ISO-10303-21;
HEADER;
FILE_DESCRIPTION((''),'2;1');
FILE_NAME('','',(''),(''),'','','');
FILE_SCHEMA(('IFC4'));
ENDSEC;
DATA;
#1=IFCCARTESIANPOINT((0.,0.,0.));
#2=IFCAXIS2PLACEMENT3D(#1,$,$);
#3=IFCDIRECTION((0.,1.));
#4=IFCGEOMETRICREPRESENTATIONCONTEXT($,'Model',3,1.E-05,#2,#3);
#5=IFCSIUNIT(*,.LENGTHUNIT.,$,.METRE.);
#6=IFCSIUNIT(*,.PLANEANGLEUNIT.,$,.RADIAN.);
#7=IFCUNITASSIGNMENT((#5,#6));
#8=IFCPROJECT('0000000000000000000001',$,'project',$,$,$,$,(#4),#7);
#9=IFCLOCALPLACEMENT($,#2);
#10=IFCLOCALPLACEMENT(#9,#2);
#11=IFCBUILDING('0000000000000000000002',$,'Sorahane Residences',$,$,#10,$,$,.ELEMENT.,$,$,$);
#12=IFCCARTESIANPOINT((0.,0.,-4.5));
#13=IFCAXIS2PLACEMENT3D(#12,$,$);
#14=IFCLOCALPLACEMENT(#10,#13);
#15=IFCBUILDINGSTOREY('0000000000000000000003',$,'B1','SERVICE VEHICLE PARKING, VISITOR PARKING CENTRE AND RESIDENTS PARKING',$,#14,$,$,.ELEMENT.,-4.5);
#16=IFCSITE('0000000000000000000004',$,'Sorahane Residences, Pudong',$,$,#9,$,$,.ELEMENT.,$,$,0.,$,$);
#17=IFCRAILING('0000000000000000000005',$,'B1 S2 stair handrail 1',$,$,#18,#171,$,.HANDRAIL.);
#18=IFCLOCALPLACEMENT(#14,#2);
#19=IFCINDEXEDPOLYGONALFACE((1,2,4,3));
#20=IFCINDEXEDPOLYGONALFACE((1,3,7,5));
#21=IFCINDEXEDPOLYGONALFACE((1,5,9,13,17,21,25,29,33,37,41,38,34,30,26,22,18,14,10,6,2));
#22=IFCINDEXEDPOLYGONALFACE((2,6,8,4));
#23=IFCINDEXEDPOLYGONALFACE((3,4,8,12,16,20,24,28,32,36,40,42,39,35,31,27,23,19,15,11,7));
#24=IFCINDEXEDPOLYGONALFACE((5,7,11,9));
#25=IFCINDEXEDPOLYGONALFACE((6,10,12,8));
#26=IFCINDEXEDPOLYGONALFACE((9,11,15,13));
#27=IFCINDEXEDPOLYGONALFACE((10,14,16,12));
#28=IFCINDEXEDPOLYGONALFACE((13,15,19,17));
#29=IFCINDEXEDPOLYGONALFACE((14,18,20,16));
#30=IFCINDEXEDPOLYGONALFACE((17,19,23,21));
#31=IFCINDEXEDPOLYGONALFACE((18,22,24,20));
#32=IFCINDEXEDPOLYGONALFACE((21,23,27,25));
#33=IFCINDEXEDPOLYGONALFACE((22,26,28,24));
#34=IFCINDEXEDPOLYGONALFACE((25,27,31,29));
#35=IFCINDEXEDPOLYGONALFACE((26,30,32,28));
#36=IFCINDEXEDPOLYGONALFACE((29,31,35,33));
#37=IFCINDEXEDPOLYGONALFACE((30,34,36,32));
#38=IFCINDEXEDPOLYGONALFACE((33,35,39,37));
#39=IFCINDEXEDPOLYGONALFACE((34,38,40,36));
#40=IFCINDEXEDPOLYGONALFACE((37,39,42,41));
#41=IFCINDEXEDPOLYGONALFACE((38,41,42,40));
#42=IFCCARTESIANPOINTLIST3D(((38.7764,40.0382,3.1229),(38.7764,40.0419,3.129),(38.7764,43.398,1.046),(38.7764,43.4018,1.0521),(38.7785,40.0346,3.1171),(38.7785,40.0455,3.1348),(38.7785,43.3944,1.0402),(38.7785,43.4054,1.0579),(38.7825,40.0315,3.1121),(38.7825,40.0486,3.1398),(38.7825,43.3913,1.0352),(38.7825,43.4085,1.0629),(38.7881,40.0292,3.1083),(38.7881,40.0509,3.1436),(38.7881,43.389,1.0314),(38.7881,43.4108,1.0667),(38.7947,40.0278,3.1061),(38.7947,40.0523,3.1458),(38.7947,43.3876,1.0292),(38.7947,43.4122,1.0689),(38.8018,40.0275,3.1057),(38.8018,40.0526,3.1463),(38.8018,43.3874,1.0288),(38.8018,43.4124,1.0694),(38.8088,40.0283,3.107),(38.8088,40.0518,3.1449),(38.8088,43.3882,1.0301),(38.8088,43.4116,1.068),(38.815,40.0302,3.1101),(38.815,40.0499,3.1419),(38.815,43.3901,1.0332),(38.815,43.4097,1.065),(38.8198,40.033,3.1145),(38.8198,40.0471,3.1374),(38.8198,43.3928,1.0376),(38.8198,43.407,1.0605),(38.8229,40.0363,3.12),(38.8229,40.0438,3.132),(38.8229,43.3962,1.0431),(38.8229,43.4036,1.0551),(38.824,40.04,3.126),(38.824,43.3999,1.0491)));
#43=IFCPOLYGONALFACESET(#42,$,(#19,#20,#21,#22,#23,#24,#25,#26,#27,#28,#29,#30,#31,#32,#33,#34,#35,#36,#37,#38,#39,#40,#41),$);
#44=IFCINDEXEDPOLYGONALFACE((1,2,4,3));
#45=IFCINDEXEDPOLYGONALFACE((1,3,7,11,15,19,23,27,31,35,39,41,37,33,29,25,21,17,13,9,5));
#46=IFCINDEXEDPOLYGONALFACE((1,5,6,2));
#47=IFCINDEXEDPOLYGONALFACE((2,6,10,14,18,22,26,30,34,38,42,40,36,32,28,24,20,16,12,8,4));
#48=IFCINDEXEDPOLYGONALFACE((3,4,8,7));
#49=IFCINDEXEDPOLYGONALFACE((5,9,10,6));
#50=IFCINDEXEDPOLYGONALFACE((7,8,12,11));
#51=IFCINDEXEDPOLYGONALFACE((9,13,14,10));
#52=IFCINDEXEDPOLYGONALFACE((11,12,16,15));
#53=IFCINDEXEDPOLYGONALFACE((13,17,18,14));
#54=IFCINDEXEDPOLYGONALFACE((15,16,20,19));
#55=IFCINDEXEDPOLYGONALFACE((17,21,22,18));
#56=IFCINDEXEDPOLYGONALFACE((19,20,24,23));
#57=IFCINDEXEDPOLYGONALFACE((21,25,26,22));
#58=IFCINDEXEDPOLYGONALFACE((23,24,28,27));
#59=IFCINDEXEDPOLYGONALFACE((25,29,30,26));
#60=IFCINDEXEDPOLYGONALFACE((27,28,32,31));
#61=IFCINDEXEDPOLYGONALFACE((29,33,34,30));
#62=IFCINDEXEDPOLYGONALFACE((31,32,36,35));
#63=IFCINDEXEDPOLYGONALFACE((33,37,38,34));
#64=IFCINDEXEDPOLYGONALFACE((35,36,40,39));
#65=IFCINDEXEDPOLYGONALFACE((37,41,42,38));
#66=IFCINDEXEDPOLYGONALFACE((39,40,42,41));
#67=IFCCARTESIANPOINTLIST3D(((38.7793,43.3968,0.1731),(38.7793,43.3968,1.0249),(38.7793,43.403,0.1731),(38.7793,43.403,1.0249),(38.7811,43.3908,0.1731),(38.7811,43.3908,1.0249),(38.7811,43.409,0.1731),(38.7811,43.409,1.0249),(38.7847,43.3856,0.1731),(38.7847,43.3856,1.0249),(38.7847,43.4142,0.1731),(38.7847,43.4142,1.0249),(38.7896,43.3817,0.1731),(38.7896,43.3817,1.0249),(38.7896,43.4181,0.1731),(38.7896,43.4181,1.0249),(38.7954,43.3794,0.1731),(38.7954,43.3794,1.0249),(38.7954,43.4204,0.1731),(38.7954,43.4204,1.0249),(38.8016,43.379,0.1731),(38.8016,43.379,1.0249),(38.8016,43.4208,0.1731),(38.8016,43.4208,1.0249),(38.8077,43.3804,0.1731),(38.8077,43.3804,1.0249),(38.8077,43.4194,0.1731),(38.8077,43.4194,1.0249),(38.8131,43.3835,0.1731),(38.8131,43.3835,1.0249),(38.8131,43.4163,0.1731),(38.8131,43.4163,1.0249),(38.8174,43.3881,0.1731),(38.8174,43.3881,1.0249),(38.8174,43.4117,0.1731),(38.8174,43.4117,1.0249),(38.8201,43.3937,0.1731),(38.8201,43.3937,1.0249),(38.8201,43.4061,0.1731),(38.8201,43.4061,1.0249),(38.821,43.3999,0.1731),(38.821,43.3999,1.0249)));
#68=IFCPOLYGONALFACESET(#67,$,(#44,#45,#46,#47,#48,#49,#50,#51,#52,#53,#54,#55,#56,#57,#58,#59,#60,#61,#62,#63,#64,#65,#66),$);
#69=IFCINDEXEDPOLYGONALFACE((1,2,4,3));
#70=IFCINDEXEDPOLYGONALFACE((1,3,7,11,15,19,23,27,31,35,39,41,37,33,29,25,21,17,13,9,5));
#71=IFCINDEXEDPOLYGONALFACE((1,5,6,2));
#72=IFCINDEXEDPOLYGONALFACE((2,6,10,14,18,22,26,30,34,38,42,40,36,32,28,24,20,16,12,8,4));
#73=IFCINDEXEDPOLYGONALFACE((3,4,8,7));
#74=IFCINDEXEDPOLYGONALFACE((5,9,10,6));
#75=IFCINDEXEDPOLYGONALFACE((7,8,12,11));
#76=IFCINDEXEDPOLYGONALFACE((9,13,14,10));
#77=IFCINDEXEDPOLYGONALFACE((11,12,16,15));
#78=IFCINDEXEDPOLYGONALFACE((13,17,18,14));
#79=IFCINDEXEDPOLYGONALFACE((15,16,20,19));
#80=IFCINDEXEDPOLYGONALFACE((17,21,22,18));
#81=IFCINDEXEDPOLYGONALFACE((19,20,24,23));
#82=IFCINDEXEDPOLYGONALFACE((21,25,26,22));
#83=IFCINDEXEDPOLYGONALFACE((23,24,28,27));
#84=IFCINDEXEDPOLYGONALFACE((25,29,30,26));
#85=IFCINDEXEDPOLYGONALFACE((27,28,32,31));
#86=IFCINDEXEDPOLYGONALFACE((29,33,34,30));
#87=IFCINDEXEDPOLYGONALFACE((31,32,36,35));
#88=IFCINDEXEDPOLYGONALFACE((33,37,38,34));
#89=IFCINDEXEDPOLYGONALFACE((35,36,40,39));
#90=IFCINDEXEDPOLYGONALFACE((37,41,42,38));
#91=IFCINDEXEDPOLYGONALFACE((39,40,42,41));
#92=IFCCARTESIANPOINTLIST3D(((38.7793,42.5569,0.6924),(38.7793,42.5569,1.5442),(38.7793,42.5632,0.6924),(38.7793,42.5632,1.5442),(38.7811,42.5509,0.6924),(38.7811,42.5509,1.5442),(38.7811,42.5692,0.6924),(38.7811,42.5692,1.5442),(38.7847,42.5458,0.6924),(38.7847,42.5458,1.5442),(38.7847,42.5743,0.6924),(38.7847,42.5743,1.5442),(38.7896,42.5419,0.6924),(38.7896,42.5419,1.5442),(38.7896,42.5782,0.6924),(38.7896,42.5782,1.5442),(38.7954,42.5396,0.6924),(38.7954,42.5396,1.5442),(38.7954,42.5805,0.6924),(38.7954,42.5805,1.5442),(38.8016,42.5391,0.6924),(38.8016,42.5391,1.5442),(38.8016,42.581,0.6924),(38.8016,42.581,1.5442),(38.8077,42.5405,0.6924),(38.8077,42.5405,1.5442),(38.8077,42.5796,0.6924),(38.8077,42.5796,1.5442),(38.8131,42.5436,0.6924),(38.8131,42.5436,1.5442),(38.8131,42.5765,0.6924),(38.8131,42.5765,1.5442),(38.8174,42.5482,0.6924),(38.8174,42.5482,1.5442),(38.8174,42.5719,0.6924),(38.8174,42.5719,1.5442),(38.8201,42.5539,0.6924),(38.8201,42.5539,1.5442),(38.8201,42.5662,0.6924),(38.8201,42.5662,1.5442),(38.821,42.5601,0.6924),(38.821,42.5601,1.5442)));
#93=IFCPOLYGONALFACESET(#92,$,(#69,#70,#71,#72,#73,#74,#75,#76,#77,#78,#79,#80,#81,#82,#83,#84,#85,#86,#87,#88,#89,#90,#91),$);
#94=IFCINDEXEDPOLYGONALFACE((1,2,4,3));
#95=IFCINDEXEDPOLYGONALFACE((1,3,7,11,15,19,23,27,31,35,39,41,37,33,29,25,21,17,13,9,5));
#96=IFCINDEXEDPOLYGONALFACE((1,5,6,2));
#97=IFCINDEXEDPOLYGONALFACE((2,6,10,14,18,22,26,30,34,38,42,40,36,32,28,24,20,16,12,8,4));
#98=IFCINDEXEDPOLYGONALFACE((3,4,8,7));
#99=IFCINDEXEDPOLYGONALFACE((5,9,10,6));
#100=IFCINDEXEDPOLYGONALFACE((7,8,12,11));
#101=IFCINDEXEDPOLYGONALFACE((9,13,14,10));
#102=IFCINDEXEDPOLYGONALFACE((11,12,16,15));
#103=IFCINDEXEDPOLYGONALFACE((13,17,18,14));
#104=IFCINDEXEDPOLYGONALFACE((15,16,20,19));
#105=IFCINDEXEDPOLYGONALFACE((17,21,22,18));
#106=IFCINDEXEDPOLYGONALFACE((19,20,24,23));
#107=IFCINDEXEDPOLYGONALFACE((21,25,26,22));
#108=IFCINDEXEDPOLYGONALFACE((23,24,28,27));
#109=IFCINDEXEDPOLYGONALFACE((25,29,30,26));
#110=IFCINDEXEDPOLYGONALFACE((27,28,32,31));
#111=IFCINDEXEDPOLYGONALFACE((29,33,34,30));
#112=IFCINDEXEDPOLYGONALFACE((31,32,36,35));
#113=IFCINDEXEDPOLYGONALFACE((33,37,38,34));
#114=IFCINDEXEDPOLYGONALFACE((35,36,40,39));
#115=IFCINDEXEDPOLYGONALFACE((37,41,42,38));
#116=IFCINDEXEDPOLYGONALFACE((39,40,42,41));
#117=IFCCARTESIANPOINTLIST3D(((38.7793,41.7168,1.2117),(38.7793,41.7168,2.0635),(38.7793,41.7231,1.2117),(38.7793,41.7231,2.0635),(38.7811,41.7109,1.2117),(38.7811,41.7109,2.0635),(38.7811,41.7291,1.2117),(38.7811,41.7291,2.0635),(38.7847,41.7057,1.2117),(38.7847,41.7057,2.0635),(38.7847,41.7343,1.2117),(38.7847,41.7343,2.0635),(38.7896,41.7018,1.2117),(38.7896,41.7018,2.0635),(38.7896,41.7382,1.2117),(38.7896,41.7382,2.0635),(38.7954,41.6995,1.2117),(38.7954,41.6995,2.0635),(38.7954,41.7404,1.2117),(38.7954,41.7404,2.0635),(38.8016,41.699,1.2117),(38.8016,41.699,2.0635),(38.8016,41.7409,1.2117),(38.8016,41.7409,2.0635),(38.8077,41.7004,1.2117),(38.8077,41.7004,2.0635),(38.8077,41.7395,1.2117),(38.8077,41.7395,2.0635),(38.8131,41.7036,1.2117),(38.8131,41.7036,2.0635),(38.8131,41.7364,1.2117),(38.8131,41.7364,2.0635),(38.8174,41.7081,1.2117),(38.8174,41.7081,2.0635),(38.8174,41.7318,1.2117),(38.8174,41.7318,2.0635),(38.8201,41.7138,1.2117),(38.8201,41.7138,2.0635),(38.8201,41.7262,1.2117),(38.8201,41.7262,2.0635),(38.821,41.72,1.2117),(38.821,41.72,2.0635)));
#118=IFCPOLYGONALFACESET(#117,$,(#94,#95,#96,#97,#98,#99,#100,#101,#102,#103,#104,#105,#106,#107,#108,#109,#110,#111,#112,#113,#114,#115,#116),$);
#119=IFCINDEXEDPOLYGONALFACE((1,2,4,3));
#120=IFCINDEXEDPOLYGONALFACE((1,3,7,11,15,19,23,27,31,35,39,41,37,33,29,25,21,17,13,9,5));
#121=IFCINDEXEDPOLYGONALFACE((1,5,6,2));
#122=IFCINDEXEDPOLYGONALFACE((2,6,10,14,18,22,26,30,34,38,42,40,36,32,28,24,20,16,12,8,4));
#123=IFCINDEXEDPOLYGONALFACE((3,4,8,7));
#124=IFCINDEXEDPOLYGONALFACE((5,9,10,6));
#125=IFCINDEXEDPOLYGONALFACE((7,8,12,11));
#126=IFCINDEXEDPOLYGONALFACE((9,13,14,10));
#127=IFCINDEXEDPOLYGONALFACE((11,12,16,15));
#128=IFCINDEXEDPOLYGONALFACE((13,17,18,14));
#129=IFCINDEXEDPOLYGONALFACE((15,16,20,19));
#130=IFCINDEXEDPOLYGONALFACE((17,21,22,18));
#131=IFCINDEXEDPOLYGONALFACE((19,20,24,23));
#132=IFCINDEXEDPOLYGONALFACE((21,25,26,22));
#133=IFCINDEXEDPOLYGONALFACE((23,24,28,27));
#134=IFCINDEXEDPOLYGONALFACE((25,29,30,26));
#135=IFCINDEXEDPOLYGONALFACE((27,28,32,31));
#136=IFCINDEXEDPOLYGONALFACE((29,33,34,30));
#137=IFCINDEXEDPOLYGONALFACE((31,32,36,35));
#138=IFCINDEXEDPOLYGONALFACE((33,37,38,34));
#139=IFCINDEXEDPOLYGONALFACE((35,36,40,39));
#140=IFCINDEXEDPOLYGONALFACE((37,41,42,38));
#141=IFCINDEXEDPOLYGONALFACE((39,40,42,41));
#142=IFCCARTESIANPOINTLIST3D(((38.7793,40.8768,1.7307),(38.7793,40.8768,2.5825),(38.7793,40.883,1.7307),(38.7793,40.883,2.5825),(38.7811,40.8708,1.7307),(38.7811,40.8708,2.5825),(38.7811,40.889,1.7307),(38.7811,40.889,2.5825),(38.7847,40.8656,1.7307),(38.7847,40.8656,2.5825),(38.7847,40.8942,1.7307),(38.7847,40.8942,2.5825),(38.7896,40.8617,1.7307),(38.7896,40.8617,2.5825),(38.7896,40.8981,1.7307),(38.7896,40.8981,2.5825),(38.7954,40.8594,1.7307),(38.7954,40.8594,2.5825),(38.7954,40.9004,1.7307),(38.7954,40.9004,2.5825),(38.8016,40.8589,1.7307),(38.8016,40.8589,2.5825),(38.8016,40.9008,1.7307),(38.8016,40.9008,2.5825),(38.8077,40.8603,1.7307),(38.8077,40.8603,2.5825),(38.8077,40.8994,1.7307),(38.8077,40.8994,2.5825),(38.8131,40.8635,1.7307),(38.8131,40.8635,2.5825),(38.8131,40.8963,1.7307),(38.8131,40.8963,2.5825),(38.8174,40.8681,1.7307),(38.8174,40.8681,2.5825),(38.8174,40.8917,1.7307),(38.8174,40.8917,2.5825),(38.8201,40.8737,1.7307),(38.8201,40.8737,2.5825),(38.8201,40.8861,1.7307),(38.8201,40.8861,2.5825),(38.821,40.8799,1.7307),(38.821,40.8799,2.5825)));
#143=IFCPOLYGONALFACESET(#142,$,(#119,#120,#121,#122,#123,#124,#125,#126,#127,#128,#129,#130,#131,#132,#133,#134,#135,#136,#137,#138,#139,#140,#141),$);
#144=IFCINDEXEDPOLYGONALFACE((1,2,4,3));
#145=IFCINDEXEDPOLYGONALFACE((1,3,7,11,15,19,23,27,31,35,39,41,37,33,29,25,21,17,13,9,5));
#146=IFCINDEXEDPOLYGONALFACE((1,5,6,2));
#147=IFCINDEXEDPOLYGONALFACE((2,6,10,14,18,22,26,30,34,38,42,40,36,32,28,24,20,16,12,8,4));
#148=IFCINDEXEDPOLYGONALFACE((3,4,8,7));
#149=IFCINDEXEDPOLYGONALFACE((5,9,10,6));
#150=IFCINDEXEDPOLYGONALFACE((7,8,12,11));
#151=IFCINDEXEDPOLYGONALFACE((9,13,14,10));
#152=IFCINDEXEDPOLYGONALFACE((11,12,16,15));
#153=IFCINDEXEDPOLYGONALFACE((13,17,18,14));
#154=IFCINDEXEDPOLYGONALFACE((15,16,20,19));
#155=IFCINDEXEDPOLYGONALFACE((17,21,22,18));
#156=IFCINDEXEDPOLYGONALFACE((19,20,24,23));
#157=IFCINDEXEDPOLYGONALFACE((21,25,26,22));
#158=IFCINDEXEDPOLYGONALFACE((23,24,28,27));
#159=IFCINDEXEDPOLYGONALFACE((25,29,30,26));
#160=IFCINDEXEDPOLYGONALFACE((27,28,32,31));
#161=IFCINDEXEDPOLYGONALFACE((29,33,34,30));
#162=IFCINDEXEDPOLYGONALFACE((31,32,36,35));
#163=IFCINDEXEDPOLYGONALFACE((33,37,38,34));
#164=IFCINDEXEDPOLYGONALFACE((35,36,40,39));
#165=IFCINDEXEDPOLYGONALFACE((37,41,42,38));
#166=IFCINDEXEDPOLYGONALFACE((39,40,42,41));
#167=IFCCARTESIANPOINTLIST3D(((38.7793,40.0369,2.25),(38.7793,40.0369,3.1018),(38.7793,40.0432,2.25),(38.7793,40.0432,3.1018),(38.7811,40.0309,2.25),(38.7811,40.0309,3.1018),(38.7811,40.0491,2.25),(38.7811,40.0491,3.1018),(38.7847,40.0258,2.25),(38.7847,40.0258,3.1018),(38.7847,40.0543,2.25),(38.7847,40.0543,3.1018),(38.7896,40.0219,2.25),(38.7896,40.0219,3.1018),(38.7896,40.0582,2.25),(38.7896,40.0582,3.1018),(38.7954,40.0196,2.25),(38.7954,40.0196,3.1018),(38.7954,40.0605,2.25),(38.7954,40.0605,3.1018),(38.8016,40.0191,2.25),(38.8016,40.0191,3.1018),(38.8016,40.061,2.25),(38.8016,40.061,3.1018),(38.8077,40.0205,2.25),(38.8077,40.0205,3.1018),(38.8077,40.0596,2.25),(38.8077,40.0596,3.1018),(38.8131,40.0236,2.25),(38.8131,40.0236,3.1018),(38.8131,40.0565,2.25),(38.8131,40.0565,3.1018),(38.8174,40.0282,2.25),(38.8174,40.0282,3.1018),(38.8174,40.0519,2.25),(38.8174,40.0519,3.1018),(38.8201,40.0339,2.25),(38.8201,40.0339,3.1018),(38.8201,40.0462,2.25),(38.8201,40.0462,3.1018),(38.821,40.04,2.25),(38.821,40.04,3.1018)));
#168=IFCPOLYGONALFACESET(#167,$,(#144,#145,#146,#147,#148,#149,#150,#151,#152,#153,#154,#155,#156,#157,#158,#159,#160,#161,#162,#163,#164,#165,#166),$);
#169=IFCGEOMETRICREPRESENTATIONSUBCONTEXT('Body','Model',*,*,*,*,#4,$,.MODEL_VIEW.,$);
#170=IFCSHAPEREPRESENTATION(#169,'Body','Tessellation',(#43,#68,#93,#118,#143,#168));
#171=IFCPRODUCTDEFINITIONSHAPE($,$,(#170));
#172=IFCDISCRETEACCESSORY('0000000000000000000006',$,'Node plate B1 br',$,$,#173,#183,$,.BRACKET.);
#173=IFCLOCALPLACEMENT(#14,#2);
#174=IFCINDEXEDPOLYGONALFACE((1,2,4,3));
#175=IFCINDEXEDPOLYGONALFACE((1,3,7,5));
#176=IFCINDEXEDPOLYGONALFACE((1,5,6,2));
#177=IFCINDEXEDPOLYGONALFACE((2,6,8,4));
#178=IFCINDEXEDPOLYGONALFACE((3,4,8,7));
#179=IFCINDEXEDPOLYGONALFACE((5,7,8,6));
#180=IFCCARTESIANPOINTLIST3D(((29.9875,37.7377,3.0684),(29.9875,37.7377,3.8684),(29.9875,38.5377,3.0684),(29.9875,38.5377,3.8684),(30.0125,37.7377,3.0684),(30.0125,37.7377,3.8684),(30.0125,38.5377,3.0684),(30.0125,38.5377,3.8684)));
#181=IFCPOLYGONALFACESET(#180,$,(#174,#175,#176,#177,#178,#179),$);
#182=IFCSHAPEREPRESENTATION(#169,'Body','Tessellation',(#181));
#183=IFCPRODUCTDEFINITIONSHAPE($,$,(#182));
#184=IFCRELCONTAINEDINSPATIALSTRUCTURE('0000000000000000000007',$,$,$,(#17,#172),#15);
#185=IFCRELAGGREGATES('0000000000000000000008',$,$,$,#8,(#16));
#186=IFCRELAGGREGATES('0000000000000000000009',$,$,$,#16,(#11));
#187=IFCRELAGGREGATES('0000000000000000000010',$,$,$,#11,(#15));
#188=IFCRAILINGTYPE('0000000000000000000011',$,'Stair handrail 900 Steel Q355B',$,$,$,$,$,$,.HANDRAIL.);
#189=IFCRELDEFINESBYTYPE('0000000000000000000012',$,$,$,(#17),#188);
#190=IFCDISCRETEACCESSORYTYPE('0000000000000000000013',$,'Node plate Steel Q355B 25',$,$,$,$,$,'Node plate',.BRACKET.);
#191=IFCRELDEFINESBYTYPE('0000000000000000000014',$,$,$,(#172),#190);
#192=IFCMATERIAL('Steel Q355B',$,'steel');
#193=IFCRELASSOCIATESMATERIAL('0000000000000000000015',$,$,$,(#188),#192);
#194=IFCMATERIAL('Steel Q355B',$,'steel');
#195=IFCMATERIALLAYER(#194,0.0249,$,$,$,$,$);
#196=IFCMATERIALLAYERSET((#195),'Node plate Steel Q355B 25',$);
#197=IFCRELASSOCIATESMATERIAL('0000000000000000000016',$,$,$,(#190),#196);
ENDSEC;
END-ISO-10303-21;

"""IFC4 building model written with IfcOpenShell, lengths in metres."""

from ifc_helpers import new_model, si_unit, direction, frame, origin, origin_2d, place, context, subcontext, project, spatial, rectangle, circle, extrude, material, layer, layer_set, type_object, element, save


model = new_model("IFC4")

# Units and contexts
model_context = context("Model", 3, precision=1e-05, world=origin(), true_north=direction((0.0, 1.0)))
body_context = subcontext(model_context, "Body", "Model", "MODEL_VIEW")
ifc_project = project(units=[si_unit("LENGTHUNIT", "METRE"), si_unit("PLANEANGLEUNIT", "RADIAN")], contexts=[model_context])

# Site, building, storey
site_placement = place(None, origin())
site = spatial("IfcSite", under=ifc_project, at=site_placement, Name="Sorahane Residences, Pudong", CompositionType="ELEMENT", RefElevation=0.0)
building_placement = place(site_placement, origin())
building = spatial("IfcBuilding", under=site, at=building_placement, Name="Sorahane Residences", CompositionType="ELEMENT")
storey_placement = place(building_placement, frame((0.0, 0.0, -4.5)))
storey = spatial("IfcBuildingStorey", under=building, at=storey_placement, Name="B1", Description="SERVICE VEHICLE PARKING, VISITOR PARKING CENTRE AND RESIDENTS PARKING", CompositionType="ELEMENT", Elevation=-4.5)

# Railing
ifc_material_1 = material(Name="Steel Q355B", Category="steel")
railing_type_1 = type_object("IfcRailingType", Name="Stair handrail 900 Steel Q355B", PredefinedType="HANDRAIL", material=ifc_material_1)
railing_1_placement = place(storey_placement, frame((38.8, 43.3999, 0.1731)))
element("IfcRailing", 1, at=railing_1_placement, inside=storey, type_object=railing_type_1, Name="B1 S2 stair handrail 1", PredefinedType="HANDRAIL", context=body_context, shape_type="SweptSolid", body=[
    extrude(circle(Radius=0.0239, at=origin_2d()), frame((0.0, 0.0, 0.876), z_axis=(0.0, -0.850606, 0.525803), x_axis=(1.0, 0.0, 0.0)), (0.0, 0.0, 1.0), 3.95),
    extrude(circle(Radius=0.021, at=origin_2d()), origin(), (0.0, 0.0, 1.0), 0.8518),
    extrude(circle(Radius=0.021, at=origin_2d()), frame((0.0, -0.8398, 0.5193)), (0.0, 0.0, 1.0), 0.8518),
    extrude(circle(Radius=0.021, at=origin_2d()), frame((0.0, -1.6799, 1.0386)), (0.0, 0.0, 1.0), 0.8518),
    extrude(circle(Radius=0.021, at=origin_2d()), frame((0.0, -2.52, 1.5576)), (0.0, 0.0, 1.0), 0.8518),
    extrude(circle(Radius=0.021, at=origin_2d()), frame((0.0, -3.3599, 2.0769)), (0.0, 0.0, 1.0), 0.8518),
])

# Discrete accessory
ifc_material_2 = material(Name="Steel Q355B", Category="steel")
ifc_layer_1 = layer(ifc_material_2, 0.0249)
ifc_layer_set_1 = layer_set([ifc_layer_1], Name="Node plate Steel Q355B 25")
discrete_accessory_type = type_object("IfcDiscreteAccessoryType", Name="Node plate Steel Q355B 25", ElementType="Node plate", PredefinedType="BRACKET", material=ifc_layer_set_1)
discrete_accessory_placement = place(storey_placement, frame((30.0, 38.1377, 3.0684), z_axis=(0.0, 0.0, 1.0), x_axis=(0.0, 1.0, 0.0)))
element("IfcDiscreteAccessory", 2, at=discrete_accessory_placement, inside=storey, type_object=discrete_accessory_type, Name="Node plate B1 br", PredefinedType="BRACKET", context=body_context, shape_type="SweptSolid", body=[
    extrude(rectangle(XDim=0.8, YDim=0.0249, at=origin_2d()), origin(), (0.0, 0.0, 1.0), 0.8),
])

save(model, "model.ifc")
